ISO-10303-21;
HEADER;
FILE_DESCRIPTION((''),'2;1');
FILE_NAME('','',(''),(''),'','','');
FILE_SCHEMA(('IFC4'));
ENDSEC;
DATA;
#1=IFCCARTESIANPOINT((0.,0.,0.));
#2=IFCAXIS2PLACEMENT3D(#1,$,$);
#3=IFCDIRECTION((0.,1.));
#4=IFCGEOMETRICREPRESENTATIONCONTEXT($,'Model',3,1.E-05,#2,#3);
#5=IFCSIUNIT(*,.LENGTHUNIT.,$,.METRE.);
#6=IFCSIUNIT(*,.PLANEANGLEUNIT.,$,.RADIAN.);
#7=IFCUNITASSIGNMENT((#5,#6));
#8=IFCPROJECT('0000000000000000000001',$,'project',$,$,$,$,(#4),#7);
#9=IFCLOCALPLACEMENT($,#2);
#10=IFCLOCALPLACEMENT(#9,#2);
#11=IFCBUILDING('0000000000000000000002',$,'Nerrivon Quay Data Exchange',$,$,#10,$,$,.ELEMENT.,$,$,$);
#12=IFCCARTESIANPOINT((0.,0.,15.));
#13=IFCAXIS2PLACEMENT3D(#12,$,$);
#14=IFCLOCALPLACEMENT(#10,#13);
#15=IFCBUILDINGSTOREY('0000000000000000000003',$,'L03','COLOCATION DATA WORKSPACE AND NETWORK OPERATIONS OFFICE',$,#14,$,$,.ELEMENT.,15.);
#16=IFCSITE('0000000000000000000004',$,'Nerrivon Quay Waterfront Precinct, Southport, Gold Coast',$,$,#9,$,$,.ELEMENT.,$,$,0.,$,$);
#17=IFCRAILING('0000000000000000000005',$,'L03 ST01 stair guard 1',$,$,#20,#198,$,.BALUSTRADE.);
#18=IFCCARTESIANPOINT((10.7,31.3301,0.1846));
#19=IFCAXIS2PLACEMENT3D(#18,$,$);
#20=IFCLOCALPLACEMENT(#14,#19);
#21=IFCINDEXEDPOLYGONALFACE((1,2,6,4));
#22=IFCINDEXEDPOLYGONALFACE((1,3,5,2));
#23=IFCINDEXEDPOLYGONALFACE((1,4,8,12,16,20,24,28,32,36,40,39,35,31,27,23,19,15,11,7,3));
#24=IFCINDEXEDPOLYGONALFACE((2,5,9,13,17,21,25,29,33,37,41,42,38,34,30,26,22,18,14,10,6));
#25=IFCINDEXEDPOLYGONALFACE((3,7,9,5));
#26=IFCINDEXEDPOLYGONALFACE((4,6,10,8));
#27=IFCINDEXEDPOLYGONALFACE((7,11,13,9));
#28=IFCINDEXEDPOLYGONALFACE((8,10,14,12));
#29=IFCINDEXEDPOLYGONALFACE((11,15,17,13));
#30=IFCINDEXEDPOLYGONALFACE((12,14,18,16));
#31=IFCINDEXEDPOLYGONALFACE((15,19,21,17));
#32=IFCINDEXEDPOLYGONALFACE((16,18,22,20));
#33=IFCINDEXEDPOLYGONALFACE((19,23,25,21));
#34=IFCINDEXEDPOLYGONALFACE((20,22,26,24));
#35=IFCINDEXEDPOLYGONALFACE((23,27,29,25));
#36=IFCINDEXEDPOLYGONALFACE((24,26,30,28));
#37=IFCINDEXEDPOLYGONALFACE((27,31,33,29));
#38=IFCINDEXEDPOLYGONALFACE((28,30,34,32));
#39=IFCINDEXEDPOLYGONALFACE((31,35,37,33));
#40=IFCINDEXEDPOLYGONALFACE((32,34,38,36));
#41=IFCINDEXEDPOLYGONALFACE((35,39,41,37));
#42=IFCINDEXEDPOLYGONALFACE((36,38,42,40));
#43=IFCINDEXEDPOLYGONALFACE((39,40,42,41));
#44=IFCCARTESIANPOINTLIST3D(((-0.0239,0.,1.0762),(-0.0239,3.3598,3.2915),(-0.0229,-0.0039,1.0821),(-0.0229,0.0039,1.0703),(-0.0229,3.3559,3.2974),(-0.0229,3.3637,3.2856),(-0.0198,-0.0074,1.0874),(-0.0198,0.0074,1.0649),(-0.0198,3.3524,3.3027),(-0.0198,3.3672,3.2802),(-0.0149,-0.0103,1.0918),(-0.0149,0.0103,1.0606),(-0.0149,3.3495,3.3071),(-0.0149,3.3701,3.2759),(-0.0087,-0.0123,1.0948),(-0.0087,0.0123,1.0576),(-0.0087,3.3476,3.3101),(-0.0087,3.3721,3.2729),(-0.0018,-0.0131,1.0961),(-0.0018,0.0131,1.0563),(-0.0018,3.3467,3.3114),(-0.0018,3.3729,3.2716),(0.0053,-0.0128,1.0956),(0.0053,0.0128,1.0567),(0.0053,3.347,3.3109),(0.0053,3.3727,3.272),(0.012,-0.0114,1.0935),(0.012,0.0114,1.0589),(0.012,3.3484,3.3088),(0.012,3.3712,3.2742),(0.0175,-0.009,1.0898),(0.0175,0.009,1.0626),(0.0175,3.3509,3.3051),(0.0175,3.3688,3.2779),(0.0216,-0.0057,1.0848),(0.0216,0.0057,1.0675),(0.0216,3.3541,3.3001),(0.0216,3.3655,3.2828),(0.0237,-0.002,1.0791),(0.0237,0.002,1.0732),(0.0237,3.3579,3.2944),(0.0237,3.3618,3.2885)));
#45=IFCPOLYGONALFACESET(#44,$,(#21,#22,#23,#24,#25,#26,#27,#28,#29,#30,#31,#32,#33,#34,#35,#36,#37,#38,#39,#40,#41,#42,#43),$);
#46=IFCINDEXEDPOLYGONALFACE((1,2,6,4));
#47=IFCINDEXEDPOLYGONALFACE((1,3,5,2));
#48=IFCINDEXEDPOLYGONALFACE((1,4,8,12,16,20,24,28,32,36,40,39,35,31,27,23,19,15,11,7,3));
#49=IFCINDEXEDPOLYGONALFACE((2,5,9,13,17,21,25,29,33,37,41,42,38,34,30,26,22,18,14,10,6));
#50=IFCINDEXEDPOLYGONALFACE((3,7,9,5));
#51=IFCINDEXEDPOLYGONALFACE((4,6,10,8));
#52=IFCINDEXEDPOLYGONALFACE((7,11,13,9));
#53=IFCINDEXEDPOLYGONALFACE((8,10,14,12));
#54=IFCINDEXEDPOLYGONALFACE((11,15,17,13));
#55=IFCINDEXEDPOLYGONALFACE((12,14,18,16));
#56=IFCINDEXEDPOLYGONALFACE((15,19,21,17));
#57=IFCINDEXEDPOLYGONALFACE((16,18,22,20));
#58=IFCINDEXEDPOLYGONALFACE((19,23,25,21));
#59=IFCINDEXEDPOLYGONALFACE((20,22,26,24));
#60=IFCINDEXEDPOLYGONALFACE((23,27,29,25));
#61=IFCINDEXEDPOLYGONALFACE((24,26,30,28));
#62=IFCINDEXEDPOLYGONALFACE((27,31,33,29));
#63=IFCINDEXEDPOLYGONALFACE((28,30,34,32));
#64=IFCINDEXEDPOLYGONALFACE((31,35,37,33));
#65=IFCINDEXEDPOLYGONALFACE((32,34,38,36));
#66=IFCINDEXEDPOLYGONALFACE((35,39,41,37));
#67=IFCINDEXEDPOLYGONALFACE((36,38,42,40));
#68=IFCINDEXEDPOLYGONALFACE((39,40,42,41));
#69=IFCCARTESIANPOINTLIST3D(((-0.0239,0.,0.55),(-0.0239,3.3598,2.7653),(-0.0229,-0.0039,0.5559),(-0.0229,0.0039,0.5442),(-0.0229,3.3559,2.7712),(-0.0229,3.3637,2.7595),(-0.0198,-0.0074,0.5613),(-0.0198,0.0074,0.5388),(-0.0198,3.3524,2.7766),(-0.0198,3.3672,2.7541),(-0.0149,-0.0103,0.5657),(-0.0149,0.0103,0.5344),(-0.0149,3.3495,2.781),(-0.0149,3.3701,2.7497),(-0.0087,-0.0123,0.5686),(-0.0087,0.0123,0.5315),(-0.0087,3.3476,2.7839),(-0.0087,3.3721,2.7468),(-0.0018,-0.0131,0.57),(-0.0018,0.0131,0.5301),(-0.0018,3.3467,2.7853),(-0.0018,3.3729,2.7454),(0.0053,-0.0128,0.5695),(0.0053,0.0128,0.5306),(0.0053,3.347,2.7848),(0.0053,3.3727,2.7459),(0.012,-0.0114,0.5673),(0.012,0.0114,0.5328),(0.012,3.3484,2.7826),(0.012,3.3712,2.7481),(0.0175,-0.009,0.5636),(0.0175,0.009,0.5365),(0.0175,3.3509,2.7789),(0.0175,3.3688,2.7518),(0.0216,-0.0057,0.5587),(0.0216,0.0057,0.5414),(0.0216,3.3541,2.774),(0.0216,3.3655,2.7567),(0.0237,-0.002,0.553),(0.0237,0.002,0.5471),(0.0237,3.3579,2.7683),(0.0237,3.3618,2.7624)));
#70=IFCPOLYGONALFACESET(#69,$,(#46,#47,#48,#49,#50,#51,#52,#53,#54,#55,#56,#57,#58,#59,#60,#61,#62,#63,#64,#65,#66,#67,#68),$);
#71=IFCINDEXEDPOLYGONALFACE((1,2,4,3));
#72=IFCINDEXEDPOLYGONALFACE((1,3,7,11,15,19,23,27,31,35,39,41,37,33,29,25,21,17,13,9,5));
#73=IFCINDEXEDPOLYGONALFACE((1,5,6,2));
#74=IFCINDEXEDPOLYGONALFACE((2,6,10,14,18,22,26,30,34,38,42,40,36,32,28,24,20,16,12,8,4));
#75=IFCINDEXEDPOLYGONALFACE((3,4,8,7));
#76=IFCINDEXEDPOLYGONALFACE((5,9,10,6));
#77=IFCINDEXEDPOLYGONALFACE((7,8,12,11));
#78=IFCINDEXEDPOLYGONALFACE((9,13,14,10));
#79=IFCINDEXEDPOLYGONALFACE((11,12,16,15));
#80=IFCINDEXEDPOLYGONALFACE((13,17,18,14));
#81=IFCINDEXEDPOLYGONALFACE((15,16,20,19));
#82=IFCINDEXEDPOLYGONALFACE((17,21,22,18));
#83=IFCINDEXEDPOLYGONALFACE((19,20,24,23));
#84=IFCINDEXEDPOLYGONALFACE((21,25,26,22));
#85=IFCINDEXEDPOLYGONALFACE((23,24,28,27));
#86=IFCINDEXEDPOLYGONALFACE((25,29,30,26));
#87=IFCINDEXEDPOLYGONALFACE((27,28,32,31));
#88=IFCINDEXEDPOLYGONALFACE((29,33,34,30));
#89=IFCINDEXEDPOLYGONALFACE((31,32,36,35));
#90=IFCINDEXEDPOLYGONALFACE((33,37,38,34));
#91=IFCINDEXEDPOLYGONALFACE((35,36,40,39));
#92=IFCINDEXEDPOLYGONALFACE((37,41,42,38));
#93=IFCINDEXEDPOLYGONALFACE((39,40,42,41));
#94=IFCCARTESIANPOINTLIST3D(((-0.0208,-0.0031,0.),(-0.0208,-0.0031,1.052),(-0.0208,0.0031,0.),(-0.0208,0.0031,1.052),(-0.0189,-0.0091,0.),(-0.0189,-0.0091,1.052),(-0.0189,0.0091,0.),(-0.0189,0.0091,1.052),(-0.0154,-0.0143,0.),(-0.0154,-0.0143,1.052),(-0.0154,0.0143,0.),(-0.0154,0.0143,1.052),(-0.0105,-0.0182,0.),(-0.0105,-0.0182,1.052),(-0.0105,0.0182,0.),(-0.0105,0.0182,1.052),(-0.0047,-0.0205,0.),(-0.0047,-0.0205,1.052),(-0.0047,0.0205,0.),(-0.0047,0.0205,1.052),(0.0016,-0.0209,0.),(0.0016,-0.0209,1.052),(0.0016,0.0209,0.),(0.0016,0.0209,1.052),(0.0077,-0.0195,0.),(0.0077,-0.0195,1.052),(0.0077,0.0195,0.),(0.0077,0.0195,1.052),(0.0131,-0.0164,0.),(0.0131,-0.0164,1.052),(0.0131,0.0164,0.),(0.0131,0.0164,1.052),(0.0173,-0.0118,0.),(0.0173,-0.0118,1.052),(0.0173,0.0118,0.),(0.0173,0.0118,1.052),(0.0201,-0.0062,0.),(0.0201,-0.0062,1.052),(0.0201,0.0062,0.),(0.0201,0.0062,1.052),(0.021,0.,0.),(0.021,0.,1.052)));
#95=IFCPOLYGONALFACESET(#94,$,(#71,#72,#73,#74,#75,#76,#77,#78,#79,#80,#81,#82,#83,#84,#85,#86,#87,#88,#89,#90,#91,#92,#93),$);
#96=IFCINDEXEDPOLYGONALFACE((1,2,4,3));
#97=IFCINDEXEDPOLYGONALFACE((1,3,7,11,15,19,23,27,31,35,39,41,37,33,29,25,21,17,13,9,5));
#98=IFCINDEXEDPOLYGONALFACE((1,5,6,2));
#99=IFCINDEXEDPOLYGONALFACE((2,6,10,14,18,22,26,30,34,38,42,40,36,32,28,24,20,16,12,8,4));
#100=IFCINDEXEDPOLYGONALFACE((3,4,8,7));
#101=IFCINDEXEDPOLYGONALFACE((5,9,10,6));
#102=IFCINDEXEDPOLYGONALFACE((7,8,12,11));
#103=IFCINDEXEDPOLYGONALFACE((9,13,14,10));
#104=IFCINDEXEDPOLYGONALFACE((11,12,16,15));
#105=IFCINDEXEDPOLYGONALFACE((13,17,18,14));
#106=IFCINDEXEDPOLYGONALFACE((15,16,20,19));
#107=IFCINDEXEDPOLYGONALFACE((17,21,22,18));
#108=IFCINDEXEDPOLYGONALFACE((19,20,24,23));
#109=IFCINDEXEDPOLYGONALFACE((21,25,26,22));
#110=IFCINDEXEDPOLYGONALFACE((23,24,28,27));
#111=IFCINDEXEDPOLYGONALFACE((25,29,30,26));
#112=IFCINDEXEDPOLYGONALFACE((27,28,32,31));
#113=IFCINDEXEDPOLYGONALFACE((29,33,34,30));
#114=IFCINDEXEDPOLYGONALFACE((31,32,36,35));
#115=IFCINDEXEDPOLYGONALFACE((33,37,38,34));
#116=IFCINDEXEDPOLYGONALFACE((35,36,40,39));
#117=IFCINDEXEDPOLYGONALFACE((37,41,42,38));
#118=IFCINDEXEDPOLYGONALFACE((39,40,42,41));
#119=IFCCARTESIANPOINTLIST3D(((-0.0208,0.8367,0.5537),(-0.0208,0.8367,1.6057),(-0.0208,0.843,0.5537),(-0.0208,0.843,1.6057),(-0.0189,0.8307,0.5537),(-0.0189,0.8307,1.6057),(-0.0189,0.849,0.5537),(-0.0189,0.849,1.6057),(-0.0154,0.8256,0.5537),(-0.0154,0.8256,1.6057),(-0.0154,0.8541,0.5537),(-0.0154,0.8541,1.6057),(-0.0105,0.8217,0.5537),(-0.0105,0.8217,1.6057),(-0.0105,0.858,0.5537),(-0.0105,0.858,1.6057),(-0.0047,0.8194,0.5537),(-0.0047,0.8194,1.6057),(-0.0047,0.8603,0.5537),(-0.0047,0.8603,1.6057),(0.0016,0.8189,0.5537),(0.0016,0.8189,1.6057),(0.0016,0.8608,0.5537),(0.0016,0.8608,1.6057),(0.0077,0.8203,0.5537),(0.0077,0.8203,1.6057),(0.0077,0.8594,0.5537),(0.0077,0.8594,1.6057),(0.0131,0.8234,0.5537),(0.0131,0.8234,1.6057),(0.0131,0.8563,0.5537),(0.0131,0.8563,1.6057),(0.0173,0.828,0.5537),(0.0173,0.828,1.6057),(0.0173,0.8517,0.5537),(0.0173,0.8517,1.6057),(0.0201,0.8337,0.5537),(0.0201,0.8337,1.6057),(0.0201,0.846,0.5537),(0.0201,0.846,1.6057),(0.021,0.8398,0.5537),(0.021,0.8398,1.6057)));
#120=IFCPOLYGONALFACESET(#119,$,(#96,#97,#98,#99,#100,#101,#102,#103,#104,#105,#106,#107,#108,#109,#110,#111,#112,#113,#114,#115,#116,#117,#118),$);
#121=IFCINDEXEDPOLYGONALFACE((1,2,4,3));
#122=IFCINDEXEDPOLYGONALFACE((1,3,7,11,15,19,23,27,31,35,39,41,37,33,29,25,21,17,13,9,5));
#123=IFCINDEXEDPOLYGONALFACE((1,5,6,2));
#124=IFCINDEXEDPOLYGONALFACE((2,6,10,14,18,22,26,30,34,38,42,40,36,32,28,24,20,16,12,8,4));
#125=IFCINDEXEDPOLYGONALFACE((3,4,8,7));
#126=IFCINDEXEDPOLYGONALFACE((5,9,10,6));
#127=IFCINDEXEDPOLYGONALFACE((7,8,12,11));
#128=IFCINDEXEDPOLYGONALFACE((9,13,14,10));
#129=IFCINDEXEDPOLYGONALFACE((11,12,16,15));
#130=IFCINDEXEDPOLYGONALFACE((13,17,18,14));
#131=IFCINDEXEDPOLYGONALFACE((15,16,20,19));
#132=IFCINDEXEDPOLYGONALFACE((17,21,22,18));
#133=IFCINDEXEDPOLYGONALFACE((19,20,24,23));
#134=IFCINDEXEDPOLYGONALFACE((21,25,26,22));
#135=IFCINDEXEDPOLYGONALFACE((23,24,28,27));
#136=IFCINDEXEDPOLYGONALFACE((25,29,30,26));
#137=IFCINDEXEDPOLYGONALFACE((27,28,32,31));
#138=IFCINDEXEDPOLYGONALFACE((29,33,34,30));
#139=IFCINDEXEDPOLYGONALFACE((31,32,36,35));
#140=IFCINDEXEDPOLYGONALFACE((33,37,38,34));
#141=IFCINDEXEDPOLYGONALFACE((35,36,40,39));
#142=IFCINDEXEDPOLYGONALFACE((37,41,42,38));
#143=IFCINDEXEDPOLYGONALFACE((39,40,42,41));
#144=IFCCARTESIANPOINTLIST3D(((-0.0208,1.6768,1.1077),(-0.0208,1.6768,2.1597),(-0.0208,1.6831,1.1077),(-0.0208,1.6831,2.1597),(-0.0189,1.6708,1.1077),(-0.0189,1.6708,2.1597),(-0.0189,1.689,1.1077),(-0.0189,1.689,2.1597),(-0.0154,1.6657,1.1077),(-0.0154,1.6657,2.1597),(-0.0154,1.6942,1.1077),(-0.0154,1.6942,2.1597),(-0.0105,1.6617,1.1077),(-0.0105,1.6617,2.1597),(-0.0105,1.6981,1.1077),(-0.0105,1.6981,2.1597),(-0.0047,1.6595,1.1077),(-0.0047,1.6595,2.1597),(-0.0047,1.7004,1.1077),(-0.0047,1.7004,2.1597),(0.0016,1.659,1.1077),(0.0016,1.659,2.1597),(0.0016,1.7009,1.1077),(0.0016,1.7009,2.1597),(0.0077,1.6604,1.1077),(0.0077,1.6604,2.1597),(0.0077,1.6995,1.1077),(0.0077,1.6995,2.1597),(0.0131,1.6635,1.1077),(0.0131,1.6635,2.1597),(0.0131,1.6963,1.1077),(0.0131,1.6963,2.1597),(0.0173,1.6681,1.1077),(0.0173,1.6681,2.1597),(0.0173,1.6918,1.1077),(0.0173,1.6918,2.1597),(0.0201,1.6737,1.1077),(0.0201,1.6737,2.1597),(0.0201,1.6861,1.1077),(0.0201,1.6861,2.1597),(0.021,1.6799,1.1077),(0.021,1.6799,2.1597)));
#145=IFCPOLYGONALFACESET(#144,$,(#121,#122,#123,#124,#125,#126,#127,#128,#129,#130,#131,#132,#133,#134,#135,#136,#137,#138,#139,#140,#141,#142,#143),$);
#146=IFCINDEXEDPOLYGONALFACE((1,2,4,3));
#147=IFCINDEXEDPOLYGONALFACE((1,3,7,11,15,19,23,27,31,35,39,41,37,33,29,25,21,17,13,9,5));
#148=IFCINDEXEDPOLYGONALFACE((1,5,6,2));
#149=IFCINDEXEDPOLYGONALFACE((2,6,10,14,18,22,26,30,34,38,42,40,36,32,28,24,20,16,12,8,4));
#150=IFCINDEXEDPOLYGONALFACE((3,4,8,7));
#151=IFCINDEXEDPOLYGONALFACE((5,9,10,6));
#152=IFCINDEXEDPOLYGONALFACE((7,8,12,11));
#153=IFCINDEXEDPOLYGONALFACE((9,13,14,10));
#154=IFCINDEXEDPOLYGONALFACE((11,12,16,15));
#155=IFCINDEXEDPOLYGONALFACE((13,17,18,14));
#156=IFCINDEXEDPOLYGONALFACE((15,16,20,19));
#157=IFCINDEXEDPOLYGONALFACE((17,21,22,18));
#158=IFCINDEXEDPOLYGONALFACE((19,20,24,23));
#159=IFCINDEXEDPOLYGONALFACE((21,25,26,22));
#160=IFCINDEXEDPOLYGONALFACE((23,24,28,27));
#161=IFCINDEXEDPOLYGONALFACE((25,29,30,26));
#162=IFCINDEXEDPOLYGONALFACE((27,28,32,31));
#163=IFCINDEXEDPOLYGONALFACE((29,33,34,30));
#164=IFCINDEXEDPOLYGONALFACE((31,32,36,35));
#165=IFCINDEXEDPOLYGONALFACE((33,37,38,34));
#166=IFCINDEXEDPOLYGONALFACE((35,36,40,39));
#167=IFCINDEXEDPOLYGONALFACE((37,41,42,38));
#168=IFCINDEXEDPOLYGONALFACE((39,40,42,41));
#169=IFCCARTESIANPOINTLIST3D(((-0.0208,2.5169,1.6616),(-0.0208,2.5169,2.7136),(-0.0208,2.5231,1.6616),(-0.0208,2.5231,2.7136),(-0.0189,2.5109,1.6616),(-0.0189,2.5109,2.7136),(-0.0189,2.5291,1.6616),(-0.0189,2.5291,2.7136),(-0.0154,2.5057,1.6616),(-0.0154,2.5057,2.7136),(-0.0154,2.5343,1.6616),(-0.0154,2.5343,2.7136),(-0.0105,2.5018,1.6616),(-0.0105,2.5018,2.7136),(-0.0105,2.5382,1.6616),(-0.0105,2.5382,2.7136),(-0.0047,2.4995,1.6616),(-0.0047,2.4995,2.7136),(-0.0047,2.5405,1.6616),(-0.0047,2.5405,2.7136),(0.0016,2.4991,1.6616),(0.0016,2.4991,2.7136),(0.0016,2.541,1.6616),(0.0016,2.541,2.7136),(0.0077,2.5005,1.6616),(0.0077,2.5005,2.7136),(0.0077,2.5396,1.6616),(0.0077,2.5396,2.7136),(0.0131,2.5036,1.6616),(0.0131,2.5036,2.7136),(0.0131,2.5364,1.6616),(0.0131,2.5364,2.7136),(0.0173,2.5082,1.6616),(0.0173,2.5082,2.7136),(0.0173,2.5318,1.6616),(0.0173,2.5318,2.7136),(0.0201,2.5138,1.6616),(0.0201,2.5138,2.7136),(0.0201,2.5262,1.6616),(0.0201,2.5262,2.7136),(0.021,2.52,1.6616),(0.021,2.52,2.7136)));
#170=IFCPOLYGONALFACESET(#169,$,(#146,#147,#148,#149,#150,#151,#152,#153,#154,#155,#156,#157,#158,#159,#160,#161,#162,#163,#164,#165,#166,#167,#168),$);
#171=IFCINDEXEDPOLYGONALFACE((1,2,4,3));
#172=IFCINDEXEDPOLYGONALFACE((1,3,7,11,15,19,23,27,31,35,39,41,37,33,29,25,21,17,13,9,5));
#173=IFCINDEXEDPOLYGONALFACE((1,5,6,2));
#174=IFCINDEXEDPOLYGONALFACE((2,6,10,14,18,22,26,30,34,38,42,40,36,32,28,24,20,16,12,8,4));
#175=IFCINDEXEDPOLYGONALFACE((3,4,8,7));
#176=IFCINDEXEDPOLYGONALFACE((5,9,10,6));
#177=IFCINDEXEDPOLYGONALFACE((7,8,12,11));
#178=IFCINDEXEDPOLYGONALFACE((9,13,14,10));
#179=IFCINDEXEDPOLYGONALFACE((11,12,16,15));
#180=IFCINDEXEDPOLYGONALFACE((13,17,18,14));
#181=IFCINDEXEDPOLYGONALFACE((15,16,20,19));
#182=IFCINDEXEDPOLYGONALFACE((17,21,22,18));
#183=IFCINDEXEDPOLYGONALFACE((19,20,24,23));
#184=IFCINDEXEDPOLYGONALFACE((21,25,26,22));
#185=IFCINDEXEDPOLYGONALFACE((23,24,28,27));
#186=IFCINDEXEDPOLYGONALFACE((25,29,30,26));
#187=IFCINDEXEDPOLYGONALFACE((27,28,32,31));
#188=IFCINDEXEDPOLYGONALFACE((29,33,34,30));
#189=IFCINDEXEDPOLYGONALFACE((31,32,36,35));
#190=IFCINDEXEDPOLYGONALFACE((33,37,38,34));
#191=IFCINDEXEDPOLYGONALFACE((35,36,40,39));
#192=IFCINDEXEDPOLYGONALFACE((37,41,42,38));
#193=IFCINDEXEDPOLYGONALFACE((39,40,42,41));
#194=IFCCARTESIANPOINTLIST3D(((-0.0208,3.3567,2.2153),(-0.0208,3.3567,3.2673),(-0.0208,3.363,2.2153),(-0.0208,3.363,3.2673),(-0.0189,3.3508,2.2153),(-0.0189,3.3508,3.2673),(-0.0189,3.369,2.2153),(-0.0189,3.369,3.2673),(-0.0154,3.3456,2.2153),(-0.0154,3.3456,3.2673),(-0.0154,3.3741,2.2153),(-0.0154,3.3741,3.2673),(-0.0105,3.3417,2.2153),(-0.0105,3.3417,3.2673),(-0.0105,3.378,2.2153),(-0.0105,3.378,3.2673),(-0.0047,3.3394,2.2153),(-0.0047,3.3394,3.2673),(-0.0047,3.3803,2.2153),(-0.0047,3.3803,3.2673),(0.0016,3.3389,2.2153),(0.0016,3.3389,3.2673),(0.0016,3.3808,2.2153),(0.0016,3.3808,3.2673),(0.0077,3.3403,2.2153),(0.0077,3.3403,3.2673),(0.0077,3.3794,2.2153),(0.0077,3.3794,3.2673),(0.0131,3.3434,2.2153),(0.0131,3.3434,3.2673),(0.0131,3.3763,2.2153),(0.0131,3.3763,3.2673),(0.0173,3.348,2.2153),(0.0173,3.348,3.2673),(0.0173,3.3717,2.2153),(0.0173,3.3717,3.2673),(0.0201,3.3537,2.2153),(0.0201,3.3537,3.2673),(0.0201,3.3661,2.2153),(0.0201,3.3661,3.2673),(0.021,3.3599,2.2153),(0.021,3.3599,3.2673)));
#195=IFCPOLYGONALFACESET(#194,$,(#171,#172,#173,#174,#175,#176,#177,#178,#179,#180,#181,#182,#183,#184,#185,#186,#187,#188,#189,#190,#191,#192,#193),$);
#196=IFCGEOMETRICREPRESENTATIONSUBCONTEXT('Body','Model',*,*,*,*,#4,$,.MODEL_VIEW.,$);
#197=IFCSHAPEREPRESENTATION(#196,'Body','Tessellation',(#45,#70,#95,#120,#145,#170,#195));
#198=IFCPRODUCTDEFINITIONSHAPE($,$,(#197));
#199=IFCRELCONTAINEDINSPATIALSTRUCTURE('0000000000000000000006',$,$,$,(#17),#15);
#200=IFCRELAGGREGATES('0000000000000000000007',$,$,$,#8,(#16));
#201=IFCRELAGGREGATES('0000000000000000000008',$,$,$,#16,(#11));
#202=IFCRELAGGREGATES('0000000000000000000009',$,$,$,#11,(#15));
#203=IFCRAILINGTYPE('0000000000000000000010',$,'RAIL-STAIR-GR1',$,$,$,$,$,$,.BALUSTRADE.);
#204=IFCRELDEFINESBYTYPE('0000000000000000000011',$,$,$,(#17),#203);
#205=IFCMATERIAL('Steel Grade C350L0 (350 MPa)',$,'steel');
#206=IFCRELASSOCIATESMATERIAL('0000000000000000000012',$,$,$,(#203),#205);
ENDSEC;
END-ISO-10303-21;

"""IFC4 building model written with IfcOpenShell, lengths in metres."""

from ifc_helpers import new_model, si_unit, direction, frame, origin, origin_2d, place, context, subcontext, project, spatial, circle, extrude, material, type_object, element, save


model = new_model("IFC4")

# Units and contexts
model_context = context("Model", 3, precision=1e-05, world=origin(), true_north=direction((0.0, 1.0)))
body_context = subcontext(model_context, "Body", "Model", "MODEL_VIEW")
ifc_project = project(units=[si_unit("LENGTHUNIT", "METRE"), si_unit("PLANEANGLEUNIT", "RADIAN")], contexts=[model_context])

# Site, building, storey
site_placement = place(None, origin())
site = spatial("IfcSite", under=ifc_project, at=site_placement, Name="Nerrivon Quay Waterfront Precinct, Southport, Gold Coast", CompositionType="ELEMENT", RefElevation=0.0)
building_placement = place(site_placement, origin())
building = spatial("IfcBuilding", under=site, at=building_placement, Name="Nerrivon Quay Data Exchange", CompositionType="ELEMENT")
storey_placement = place(building_placement, frame((0.0, 0.0, 15.0)))
storey = spatial("IfcBuildingStorey", under=building, at=storey_placement, Name="L03", Description="COLOCATION DATA WORKSPACE AND NETWORK OPERATIONS OFFICE", CompositionType="ELEMENT", Elevation=15.0)

# Railing
ifc_material_1 = material(Name="Steel Grade C350L0 (350 MPa)", Category="steel")
railing_type_1 = type_object("IfcRailingType", Name="RAIL-STAIR-GR1", PredefinedType="BALUSTRADE", material=ifc_material_1)
railing_1_placement = place(storey_placement, frame((10.7, 31.3301, 0.1846)))
element("IfcRailing", 1, at=railing_1_placement, inside=storey, type_object=railing_type_1, Name="L03 ST01 stair guard 1", PredefinedType="BALUSTRADE", context=body_context, shape_type="SweptSolid", body=[
    extrude(circle(Radius=0.0239, at=origin_2d()), frame((0.0, 0.0, 1.0762), z_axis=(0.0, 0.834858, 0.550465), x_axis=(-1.0, 0.0, 0.0)), (0.0, 0.0, 1.0), 4.0244),
    extrude(circle(Radius=0.0239, at=origin_2d()), frame((0.0, 0.0, 0.55), z_axis=(0.0, 0.834858, 0.550465), x_axis=(-1.0, 0.0, 0.0)), (0.0, 0.0, 1.0), 4.0244),
    extrude(circle(Radius=0.021, at=origin_2d()), origin(), (0.0, 0.0, 1.0), 1.052),
    extrude(circle(Radius=0.021, at=origin_2d()), frame((0.0, 0.8398, 0.5537)), (0.0, 0.0, 1.0), 1.052),
    extrude(circle(Radius=0.021, at=origin_2d()), frame((0.0, 1.6799, 1.1077)), (0.0, 0.0, 1.0), 1.052),
    extrude(circle(Radius=0.021, at=origin_2d()), frame((0.0, 2.52, 1.6616)), (0.0, 0.0, 1.0), 1.052),
    extrude(circle(Radius=0.021, at=origin_2d()), frame((0.0, 3.3599, 2.2153)), (0.0, 0.0, 1.0), 1.052),
])

save(model, "model.ifc")
